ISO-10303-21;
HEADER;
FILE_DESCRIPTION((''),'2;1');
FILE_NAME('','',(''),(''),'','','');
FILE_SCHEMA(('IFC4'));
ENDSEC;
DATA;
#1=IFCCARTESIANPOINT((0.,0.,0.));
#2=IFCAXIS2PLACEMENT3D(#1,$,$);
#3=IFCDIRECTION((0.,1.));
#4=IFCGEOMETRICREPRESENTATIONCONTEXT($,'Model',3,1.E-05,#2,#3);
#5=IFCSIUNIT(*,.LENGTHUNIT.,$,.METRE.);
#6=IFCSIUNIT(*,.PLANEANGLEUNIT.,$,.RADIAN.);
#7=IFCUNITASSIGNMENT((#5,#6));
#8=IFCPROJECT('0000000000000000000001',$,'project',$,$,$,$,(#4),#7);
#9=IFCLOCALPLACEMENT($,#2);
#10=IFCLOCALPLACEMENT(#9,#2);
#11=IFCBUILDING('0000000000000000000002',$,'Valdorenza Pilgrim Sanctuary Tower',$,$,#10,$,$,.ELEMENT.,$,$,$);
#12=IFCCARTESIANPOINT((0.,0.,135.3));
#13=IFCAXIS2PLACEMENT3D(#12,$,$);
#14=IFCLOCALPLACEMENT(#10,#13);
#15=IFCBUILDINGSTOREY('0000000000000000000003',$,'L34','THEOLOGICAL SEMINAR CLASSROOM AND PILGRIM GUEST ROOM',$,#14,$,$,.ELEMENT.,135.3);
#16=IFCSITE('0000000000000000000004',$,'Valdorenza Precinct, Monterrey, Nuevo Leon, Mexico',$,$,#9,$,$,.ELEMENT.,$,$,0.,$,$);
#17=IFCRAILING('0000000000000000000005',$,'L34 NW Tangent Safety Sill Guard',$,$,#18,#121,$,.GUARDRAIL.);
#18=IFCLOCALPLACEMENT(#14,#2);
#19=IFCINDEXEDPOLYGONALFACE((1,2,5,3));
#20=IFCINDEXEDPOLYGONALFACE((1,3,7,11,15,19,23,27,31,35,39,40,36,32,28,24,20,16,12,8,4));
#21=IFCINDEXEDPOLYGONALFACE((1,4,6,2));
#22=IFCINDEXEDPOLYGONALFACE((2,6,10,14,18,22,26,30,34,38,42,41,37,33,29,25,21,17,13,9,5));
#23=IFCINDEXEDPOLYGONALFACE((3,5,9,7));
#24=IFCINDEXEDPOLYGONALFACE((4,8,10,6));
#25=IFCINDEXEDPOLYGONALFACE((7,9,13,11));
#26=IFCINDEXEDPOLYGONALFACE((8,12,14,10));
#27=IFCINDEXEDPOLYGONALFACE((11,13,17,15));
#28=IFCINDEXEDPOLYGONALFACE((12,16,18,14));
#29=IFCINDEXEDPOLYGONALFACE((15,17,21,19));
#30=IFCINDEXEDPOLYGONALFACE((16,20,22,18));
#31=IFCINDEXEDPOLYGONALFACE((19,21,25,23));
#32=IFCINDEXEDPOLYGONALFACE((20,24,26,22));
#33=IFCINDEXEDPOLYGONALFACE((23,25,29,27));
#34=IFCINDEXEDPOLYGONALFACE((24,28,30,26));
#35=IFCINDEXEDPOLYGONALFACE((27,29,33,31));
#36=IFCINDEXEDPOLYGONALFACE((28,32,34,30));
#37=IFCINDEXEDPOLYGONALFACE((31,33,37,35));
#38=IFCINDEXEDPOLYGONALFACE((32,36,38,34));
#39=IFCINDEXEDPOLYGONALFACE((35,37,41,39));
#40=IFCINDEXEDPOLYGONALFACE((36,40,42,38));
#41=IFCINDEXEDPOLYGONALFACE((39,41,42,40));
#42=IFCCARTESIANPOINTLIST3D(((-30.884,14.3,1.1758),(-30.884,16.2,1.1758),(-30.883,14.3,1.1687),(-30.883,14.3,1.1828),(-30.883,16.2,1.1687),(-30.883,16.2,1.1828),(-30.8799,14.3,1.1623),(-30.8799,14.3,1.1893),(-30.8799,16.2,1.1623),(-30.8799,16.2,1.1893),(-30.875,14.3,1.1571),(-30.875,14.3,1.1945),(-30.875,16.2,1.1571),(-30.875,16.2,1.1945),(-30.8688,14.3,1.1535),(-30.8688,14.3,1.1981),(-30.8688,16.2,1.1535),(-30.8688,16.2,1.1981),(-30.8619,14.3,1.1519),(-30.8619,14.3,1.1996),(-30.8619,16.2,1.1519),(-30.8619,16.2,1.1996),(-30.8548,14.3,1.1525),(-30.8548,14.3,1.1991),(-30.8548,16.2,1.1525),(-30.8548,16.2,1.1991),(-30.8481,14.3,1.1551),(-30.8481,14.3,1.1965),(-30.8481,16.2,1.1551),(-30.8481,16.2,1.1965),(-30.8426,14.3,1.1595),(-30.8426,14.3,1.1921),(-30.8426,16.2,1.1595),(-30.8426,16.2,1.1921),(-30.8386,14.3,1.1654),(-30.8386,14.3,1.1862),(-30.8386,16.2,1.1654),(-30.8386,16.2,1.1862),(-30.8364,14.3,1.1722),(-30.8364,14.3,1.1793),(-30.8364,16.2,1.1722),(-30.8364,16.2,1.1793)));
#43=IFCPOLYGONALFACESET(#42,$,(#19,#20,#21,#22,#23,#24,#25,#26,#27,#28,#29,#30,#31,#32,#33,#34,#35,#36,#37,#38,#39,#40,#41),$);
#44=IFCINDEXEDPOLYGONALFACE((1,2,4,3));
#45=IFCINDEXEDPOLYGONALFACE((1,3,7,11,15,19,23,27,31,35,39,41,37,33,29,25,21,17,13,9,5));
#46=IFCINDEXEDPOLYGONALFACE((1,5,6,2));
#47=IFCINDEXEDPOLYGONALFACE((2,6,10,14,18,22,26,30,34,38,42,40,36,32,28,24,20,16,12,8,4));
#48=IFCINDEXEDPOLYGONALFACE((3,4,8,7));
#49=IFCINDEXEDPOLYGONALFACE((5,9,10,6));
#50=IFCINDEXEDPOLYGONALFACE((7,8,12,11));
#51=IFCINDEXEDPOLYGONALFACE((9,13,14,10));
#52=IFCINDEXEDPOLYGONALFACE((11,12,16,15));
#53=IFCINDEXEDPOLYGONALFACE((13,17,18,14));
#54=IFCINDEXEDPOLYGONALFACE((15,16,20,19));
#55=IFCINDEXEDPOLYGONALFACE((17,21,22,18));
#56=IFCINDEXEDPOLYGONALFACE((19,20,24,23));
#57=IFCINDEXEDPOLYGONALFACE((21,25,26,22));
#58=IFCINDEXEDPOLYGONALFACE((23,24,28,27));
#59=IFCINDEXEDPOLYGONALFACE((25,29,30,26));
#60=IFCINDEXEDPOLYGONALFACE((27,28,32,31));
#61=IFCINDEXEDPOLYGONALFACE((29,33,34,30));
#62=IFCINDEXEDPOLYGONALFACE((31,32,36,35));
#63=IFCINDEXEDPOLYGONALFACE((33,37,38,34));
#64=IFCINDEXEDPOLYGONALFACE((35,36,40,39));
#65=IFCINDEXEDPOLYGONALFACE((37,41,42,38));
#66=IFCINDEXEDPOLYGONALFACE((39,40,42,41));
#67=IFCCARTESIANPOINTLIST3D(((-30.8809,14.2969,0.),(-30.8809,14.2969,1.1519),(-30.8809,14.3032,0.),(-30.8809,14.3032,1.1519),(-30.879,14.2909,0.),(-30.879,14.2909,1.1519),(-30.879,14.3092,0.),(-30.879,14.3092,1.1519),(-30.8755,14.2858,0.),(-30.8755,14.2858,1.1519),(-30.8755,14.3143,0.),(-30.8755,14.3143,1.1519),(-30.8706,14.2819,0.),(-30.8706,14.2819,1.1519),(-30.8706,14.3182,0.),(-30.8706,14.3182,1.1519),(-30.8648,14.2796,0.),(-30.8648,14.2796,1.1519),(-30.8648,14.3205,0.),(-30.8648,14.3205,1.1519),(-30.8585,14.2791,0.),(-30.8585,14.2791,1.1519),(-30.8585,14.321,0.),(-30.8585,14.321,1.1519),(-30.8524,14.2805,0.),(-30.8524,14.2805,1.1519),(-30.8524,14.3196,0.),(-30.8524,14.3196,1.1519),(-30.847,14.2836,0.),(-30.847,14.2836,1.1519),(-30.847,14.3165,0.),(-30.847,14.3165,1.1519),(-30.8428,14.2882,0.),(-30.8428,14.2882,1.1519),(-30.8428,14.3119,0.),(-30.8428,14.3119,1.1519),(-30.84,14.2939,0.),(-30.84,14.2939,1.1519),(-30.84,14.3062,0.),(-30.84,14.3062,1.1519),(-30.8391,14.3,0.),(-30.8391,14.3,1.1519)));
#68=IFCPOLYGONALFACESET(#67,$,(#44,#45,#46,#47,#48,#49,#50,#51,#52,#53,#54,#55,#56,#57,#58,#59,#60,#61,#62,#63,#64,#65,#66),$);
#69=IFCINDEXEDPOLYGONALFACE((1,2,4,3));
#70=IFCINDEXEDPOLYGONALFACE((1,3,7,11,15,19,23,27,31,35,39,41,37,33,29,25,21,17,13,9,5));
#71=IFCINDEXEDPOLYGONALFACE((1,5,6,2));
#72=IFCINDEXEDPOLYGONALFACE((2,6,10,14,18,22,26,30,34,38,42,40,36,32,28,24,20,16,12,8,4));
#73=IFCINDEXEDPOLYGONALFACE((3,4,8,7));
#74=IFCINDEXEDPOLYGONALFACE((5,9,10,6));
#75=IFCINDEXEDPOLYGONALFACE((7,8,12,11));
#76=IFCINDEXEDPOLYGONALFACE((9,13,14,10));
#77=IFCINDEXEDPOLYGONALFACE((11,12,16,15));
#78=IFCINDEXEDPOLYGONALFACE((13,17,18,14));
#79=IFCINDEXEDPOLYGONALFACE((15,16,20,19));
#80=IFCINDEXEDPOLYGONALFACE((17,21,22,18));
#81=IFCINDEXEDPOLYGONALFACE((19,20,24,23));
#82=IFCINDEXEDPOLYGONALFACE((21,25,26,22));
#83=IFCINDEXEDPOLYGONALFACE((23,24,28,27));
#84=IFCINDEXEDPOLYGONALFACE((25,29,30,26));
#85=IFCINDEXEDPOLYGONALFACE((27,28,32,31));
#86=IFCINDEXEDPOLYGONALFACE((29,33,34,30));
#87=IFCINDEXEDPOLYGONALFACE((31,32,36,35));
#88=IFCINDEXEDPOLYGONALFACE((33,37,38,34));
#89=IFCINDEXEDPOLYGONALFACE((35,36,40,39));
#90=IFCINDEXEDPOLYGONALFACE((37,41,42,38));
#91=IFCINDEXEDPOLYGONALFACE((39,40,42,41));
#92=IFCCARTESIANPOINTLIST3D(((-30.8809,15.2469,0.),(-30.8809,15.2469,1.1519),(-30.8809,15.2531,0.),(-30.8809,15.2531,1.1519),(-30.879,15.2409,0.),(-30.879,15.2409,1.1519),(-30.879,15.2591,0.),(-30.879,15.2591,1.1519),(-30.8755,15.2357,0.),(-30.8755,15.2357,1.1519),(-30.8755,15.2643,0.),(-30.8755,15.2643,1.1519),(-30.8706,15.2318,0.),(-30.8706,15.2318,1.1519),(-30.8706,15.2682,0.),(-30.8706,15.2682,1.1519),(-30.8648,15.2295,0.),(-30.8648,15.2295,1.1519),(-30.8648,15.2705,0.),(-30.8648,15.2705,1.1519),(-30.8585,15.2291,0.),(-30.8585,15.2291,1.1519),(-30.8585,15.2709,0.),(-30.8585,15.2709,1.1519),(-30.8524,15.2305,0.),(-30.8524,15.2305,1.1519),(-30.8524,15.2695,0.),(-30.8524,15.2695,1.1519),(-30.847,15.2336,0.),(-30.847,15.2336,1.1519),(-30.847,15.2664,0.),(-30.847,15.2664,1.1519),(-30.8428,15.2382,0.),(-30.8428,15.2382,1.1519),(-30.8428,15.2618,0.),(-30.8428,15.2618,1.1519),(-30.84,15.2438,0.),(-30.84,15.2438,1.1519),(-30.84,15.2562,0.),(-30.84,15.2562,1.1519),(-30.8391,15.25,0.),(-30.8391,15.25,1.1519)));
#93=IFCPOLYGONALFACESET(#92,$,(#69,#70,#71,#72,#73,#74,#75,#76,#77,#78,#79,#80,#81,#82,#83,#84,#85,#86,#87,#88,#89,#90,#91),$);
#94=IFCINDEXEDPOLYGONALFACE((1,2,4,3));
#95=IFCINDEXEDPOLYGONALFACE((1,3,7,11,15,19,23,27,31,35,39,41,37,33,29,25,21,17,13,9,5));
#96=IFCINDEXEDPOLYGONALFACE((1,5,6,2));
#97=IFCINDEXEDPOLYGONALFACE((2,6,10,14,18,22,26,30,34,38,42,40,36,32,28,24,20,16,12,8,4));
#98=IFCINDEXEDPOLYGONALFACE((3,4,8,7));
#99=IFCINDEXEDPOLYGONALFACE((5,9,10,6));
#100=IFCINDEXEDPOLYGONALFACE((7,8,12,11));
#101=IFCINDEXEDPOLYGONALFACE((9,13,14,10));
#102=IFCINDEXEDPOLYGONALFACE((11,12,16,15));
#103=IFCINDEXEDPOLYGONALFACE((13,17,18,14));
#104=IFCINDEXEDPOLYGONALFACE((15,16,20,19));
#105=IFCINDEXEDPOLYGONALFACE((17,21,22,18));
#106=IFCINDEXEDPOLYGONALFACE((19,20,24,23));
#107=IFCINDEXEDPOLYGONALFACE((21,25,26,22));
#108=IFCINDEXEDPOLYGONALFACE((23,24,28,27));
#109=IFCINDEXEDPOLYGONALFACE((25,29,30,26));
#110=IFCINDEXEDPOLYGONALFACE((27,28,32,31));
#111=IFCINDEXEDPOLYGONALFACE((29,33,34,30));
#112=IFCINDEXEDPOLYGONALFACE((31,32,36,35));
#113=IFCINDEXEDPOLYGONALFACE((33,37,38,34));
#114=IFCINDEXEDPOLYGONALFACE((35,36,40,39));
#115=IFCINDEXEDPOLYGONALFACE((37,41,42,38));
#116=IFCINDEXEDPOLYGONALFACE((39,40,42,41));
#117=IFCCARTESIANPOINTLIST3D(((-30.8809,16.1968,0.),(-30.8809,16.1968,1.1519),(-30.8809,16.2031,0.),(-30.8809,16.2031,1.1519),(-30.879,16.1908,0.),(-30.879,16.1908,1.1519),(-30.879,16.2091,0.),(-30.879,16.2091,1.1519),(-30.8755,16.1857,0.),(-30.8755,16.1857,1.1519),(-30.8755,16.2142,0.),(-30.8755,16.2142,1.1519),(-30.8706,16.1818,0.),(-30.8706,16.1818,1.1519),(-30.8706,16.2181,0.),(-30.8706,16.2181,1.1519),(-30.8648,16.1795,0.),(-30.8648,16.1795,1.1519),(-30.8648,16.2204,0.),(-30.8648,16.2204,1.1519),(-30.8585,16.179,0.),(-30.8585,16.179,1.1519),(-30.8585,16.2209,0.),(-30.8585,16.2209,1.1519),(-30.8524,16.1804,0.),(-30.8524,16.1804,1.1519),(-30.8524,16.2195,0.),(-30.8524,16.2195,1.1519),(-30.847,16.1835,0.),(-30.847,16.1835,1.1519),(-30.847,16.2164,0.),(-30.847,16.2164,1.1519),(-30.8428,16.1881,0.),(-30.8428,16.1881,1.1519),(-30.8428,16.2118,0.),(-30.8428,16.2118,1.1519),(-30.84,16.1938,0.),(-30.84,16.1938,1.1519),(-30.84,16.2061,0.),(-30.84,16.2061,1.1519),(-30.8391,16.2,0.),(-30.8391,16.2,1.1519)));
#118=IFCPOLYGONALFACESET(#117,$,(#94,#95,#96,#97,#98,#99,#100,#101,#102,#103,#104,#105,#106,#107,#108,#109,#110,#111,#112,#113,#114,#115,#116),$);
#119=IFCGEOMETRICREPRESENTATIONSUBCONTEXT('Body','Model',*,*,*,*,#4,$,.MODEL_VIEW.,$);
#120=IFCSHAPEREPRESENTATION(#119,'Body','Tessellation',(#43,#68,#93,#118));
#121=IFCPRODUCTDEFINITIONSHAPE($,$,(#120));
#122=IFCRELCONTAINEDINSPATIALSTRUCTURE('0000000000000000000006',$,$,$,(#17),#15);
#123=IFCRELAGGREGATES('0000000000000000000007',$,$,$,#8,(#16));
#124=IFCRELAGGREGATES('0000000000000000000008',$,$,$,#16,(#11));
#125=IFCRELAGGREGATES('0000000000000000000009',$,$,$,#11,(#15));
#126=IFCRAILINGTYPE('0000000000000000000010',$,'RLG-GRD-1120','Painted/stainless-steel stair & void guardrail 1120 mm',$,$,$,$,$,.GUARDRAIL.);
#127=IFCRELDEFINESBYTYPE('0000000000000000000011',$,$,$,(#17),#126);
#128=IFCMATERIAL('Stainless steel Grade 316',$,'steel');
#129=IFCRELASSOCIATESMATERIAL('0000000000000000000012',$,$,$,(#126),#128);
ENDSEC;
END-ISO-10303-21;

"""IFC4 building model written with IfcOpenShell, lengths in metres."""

from ifc_helpers import new_model, si_unit, direction, frame, origin, origin_2d, place, context, subcontext, project, spatial, circle, extrude, material, type_object, element, save


model = new_model("IFC4")

# Units and contexts
model_context = context("Model", 3, precision=1e-05, world=origin(), true_north=direction((0.0, 1.0)))
body_context = subcontext(model_context, "Body", "Model", "MODEL_VIEW")
ifc_project = project(units=[si_unit("LENGTHUNIT", "METRE"), si_unit("PLANEANGLEUNIT", "RADIAN")], contexts=[model_context])

# Site, building, storey
site_placement = place(None, origin())
site = spatial("IfcSite", under=ifc_project, at=site_placement, Name="Valdorenza Precinct, Monterrey, Nuevo Leon, Mexico", CompositionType="ELEMENT", RefElevation=0.0)
building_placement = place(site_placement, origin())
building = spatial("IfcBuilding", under=site, at=building_placement, Name="Valdorenza Pilgrim Sanctuary Tower", CompositionType="ELEMENT")
storey_placement = place(building_placement, frame((0.0, 0.0, 135.3)))
storey = spatial("IfcBuildingStorey", under=building, at=storey_placement, Name="L34", Description="THEOLOGICAL SEMINAR CLASSROOM AND PILGRIM GUEST ROOM", CompositionType="ELEMENT", Elevation=135.3)

# Railing
ifc_material_1 = material(Name="Stainless steel Grade 316", Category="steel")
railing_type = type_object("IfcRailingType", Name="RLG-GRD-1120", Description="Painted/stainless-steel stair & void guardrail 1120 mm", PredefinedType="GUARDRAIL", material=ifc_material_1)
railing_placement = place(storey_placement, frame((-30.8601, 14.3, 0.0)))
element("IfcRailing", 1, at=railing_placement, inside=storey, type_object=railing_type, Name="L34 NW Tangent Safety Sill Guard", PredefinedType="GUARDRAIL", context=body_context, shape_type="SweptSolid", body=[
    extrude(circle(Radius=0.0239, at=origin_2d()), frame((0.0, 0.0, 1.1758), z_axis=(0.0, 1.0, 0.0), x_axis=(-1.0, 0.0, 0.0)), (0.0, 0.0, 1.0), 1.8999),
    extrude(circle(Radius=0.021, at=origin_2d()), origin(), (0.0, 0.0, 1.0), 1.1519),
    extrude(circle(Radius=0.021, at=origin_2d()), frame((0.0, 0.95, 0.0)), (0.0, 0.0, 1.0), 1.1519),
    extrude(circle(Radius=0.021, at=origin_2d()), frame((0.0, 1.8999, 0.0)), (0.0, 0.0, 1.0), 1.1519),
])

save(model, "model.ifc")
